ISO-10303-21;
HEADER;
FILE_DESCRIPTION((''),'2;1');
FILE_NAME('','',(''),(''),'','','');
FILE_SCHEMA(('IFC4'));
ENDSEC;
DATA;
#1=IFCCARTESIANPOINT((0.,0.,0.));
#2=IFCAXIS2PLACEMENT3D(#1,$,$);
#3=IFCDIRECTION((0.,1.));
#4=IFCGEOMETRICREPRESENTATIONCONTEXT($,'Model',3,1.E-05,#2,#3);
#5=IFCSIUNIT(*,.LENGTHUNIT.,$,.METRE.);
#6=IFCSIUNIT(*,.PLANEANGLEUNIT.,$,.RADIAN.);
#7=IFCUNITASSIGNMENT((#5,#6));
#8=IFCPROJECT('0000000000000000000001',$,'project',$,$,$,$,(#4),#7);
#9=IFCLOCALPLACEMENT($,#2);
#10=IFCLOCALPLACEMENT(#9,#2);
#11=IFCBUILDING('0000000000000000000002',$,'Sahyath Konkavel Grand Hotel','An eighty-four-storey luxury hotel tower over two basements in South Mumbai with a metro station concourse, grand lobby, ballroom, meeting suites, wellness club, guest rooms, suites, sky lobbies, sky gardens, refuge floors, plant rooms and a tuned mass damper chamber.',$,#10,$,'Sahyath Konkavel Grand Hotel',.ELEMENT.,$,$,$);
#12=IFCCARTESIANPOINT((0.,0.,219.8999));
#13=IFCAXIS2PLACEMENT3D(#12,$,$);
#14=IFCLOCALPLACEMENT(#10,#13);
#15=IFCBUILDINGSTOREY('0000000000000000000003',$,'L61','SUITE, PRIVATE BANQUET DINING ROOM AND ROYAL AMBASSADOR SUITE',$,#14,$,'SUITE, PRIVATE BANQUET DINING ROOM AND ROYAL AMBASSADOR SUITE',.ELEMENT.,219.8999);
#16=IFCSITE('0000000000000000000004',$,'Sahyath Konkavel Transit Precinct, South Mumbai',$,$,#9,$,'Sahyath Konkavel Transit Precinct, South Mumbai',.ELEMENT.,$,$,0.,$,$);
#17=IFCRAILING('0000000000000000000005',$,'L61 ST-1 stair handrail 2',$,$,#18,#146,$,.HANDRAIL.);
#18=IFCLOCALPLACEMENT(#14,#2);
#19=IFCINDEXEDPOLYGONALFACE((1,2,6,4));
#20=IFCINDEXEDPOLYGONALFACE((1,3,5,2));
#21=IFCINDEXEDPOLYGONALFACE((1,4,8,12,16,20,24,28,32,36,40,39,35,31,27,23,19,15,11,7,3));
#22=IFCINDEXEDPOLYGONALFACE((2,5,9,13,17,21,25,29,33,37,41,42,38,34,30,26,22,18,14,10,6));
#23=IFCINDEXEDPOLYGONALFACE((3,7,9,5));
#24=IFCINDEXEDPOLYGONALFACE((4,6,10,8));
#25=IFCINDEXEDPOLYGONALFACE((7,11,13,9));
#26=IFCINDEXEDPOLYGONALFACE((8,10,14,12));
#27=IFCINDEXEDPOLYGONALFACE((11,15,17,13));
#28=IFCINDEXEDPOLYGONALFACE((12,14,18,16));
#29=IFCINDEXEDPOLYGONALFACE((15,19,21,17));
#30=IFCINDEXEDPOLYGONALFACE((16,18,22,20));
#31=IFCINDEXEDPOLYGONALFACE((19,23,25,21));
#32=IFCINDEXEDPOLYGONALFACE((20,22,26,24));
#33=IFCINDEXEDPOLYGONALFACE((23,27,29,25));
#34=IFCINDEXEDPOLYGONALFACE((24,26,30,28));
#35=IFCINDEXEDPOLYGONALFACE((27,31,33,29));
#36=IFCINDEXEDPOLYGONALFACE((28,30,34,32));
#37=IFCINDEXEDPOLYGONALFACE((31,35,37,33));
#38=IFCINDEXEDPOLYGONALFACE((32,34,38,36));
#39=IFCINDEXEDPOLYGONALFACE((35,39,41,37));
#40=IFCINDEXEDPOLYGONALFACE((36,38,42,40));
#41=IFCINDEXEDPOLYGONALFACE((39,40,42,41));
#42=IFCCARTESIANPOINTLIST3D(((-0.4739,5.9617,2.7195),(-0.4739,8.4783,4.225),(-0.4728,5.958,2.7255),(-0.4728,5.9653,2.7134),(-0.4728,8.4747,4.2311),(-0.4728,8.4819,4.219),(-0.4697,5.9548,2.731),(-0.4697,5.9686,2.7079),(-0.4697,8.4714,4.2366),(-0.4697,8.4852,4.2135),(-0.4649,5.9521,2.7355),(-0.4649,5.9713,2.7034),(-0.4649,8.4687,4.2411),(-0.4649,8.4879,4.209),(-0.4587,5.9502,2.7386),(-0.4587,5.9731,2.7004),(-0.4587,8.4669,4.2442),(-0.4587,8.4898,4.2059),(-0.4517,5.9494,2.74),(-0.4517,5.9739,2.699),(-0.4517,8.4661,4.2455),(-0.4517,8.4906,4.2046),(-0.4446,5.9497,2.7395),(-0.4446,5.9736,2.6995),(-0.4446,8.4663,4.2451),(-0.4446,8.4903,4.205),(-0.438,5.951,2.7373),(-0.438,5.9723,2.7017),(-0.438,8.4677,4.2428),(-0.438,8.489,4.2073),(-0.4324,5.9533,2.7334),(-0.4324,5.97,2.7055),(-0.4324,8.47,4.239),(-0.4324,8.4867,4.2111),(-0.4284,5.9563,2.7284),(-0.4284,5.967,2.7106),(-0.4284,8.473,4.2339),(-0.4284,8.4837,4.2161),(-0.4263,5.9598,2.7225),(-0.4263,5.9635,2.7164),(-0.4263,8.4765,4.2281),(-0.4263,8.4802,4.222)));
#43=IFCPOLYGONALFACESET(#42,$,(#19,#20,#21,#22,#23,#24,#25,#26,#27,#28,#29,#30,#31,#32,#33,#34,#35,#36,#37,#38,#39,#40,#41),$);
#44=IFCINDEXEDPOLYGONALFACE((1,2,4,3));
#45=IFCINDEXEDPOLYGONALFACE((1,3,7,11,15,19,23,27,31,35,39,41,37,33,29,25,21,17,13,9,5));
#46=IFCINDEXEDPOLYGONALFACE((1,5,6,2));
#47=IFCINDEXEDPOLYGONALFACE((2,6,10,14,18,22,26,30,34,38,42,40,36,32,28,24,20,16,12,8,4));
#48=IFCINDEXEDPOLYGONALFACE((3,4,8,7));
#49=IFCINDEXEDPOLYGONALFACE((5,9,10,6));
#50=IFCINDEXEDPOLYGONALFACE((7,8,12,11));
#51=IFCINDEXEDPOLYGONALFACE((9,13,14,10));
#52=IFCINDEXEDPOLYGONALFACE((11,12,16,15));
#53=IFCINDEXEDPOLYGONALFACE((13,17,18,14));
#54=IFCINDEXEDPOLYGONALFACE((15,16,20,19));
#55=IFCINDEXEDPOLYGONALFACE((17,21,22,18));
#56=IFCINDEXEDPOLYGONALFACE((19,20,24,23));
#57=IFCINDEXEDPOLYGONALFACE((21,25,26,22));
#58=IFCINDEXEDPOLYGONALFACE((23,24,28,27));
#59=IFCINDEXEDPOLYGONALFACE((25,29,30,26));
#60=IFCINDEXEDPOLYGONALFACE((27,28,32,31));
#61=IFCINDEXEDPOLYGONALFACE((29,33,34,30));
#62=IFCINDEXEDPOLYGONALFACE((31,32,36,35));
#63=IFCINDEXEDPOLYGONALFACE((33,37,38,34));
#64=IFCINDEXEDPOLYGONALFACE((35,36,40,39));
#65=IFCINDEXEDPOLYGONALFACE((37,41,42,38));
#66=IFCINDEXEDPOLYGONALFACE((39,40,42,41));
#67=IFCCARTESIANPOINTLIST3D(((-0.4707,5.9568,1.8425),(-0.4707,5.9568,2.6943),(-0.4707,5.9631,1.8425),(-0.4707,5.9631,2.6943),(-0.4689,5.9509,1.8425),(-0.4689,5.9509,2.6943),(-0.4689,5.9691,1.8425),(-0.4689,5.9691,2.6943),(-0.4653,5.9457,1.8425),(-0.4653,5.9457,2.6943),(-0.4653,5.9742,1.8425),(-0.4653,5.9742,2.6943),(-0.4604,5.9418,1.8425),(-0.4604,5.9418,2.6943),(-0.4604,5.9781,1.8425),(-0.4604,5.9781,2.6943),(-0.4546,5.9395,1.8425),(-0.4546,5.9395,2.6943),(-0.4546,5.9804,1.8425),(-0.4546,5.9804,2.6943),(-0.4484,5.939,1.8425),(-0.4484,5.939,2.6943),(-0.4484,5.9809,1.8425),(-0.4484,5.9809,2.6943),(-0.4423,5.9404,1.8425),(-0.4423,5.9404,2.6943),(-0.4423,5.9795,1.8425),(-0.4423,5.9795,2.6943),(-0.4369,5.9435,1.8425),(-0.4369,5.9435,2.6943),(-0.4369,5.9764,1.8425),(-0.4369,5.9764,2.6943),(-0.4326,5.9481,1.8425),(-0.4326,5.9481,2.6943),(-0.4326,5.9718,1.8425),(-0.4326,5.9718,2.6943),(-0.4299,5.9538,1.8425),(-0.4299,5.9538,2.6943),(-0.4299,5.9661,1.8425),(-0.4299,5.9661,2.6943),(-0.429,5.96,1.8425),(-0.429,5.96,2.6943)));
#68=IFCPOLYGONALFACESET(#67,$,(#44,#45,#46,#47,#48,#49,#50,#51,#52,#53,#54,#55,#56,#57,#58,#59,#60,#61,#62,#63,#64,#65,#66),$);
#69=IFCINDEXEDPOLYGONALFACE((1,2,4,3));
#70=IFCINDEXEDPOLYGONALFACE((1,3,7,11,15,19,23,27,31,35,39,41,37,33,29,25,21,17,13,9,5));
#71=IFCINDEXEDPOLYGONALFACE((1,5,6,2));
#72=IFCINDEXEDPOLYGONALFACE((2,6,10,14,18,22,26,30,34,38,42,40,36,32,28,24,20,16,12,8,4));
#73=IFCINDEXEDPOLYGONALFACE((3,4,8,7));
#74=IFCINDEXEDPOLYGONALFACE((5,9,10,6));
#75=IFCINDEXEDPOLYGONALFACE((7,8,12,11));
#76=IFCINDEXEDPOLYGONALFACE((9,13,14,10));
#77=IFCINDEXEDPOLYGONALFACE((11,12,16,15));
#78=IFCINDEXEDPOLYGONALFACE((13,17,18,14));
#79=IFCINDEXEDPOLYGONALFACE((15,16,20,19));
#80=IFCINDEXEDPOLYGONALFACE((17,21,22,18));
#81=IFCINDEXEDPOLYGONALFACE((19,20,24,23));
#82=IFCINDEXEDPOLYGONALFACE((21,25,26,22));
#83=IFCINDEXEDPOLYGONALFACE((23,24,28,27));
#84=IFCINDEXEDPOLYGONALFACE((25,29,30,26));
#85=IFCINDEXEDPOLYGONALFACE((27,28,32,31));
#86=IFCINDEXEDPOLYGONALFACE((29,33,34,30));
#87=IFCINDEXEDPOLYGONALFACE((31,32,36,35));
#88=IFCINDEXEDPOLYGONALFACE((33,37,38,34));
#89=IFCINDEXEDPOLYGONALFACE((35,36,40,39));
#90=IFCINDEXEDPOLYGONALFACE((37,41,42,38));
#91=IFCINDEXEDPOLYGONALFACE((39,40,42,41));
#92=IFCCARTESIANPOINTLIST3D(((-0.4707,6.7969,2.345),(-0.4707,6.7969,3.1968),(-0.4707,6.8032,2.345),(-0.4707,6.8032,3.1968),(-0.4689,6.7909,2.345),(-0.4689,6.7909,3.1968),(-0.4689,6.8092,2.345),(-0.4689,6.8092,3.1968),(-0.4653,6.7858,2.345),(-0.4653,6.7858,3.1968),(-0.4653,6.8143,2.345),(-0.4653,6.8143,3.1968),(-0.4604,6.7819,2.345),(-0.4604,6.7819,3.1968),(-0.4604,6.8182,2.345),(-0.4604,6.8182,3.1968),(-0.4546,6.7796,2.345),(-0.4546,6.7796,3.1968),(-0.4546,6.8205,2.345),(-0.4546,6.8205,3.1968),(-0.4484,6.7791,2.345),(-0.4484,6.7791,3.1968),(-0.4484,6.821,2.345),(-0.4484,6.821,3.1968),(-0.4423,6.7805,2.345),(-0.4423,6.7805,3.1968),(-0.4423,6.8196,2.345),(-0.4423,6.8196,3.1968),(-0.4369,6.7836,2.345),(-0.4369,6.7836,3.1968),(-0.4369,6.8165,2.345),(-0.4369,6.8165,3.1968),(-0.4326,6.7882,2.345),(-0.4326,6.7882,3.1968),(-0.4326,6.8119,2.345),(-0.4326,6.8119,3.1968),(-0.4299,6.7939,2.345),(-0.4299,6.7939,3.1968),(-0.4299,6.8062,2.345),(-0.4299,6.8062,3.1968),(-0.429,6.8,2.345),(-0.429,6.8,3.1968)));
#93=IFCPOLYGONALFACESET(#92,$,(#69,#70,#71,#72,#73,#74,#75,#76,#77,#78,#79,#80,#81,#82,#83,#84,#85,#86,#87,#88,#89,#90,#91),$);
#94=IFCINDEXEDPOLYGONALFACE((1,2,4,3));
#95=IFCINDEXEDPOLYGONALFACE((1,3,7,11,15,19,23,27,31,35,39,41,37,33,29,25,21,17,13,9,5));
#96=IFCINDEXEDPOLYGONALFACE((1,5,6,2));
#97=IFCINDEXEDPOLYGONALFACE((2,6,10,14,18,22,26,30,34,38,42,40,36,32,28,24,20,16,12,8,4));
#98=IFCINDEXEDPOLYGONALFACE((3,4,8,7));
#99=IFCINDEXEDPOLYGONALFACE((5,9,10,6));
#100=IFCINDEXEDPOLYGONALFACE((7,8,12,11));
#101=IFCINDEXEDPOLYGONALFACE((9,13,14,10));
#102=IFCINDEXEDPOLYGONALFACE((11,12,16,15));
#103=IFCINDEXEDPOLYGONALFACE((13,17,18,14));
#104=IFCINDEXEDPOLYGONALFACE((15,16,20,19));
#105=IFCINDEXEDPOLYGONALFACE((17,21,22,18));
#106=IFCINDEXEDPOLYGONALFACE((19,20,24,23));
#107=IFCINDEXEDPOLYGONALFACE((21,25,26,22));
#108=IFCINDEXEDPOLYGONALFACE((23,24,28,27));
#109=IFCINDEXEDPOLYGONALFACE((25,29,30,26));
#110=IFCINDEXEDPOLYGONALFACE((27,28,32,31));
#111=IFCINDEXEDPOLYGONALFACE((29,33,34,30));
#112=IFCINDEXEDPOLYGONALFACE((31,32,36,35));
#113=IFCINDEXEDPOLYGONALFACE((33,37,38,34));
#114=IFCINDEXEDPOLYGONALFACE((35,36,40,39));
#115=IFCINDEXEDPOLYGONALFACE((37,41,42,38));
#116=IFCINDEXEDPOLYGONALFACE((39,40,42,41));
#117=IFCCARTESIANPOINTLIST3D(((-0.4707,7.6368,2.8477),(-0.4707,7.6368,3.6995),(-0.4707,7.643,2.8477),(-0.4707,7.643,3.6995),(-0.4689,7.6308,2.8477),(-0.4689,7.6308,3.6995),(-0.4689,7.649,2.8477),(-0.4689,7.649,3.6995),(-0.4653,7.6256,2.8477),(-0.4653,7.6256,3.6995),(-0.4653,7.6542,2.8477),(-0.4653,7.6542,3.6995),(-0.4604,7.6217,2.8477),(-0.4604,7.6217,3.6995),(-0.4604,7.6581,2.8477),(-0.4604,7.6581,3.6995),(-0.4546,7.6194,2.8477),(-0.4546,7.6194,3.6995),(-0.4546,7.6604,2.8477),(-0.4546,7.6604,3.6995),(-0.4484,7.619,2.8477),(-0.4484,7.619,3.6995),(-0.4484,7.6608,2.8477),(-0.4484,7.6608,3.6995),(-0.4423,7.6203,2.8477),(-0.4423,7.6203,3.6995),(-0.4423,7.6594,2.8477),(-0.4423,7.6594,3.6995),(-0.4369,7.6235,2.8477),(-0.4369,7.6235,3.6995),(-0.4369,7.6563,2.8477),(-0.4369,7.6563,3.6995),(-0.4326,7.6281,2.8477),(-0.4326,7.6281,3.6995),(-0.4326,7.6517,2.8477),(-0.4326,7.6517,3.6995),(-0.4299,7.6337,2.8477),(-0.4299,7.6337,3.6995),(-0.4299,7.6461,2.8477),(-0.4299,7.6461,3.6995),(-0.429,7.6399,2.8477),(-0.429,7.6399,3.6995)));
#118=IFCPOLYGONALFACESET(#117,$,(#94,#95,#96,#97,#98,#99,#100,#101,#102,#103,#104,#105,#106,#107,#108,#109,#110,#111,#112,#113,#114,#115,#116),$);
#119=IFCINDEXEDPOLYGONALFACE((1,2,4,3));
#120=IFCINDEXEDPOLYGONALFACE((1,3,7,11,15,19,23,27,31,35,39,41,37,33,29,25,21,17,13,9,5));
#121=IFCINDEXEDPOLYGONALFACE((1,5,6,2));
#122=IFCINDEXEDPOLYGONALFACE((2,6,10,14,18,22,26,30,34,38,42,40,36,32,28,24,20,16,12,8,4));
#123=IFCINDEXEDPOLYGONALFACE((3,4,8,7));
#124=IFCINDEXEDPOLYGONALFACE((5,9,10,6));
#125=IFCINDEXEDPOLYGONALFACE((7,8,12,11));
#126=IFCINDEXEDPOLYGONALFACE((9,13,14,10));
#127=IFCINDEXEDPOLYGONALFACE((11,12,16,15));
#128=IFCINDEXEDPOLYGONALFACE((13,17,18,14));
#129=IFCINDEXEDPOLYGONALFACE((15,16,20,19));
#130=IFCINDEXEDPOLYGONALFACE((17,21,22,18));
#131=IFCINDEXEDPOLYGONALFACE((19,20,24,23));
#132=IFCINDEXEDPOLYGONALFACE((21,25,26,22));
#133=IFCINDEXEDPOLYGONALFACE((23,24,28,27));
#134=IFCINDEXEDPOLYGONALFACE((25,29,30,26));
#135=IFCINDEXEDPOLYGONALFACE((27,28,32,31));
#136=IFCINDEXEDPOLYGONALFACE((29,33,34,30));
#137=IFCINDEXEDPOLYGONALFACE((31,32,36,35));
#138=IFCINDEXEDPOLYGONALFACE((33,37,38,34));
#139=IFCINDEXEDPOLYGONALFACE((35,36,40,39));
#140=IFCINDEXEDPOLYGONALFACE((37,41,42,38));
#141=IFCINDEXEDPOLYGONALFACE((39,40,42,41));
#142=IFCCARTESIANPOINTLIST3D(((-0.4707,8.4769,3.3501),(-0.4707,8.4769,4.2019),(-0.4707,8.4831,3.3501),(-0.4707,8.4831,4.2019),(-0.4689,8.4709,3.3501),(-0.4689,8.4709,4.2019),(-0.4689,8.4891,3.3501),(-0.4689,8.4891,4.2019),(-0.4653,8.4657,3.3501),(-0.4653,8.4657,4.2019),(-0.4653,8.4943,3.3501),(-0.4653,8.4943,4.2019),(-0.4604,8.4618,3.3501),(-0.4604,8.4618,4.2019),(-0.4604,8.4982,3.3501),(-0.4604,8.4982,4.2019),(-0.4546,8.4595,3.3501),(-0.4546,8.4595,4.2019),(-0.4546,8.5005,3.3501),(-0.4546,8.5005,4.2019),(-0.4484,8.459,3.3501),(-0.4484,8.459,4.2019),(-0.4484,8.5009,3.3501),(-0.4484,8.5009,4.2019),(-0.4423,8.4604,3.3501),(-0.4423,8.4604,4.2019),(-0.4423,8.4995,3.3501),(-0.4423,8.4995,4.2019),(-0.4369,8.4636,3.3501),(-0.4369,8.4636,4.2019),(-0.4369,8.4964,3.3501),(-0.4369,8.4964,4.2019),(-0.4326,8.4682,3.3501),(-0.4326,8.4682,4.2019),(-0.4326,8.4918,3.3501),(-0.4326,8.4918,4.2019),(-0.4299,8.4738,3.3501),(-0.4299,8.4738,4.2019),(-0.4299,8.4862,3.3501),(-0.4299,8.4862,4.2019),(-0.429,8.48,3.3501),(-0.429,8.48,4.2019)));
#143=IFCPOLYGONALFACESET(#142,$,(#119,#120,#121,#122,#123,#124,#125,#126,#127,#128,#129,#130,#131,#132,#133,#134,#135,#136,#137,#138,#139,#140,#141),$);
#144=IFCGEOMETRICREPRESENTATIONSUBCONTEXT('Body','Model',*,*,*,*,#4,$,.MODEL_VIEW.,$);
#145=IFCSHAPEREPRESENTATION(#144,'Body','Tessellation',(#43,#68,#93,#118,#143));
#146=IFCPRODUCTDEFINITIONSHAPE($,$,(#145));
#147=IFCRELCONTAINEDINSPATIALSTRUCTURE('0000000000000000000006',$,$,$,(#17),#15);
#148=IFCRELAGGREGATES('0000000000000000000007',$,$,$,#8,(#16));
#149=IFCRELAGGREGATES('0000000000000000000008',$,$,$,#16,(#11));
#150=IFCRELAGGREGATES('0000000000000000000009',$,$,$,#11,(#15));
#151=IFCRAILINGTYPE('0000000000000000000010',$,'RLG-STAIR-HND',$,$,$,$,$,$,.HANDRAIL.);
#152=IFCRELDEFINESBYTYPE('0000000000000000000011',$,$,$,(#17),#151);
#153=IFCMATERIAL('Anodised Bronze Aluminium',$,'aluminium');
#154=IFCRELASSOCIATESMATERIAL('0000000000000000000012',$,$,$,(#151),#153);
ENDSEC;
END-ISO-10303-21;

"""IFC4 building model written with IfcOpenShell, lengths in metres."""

from ifc_helpers import new_model, si_unit, direction, frame, origin, origin_2d, place, context, subcontext, project, spatial, circle, extrude, material, type_object, element, save


model = new_model("IFC4")

# Units and contexts
model_context = context("Model", 3, precision=1e-05, world=origin(), true_north=direction((0.0, 1.0)))
body_context = subcontext(model_context, "Body", "Model", "MODEL_VIEW")
ifc_project = project(units=[si_unit("LENGTHUNIT", "METRE"), si_unit("PLANEANGLEUNIT", "RADIAN")], contexts=[model_context])

# Site, building, storey
site_placement = place(None, origin())
site = spatial("IfcSite", under=ifc_project, at=site_placement, Name="Sahyath Konkavel Transit Precinct, South Mumbai", LongName="Sahyath Konkavel Transit Precinct, South Mumbai", CompositionType="ELEMENT", RefElevation=0.0)
building_placement = place(site_placement, origin())
building = spatial("IfcBuilding", under=site, at=building_placement, Name="Sahyath Konkavel Grand Hotel", Description="An eighty-four-storey luxury hotel tower over two basements in South Mumbai with a metro station concourse, grand lobby, ballroom, meeting suites, wellness club, guest rooms, suites, sky lobbies, sky gardens, refuge floors, plant rooms and a tuned mass damper chamber.", LongName="Sahyath Konkavel Grand Hotel", CompositionType="ELEMENT")
storey_placement = place(building_placement, frame((0.0, 0.0, 219.8999)))
storey = spatial("IfcBuildingStorey", under=building, at=storey_placement, Name="L61", Description="SUITE, PRIVATE BANQUET DINING ROOM AND ROYAL AMBASSADOR SUITE", LongName="SUITE, PRIVATE BANQUET DINING ROOM AND ROYAL AMBASSADOR SUITE", CompositionType="ELEMENT", Elevation=219.8999)

# Shared definitions
ifc_material_1 = material(Name="Anodised Bronze Aluminium", Category="aluminium")

# Railing
railing_type_1 = type_object("IfcRailingType", Name="RLG-STAIR-HND", PredefinedType="HANDRAIL", material=ifc_material_1)
railing_1_placement = place(storey_placement, frame((-0.45, 5.96, 1.8425)))
element("IfcRailing", 1, at=railing_1_placement, inside=storey, type_object=railing_type_1, Name="L61 ST-1 stair handrail 2", PredefinedType="HANDRAIL", context=body_context, shape_type="SweptSolid", body=[
    extrude(circle(Radius=0.0239, at=origin_2d()), frame((0.0, 0.0017, 0.877), z_axis=(0.0, 0.85816, 0.513383), x_axis=(-1.0, 0.0, 0.0)), (0.0, 0.0, 1.0), 2.9326),
    extrude(circle(Radius=0.021, at=origin_2d()), origin(), (0.0, 0.0, 1.0), 0.8518),
    extrude(circle(Radius=0.021, at=origin_2d()), frame((0.0, 0.8401, 0.5024)), (0.0, 0.0, 1.0), 0.8518),
    extrude(circle(Radius=0.021, at=origin_2d()), frame((0.0, 1.6799, 1.0051)), (0.0, 0.0, 1.0), 0.8518),
    extrude(circle(Radius=0.021, at=origin_2d()), frame((0.0, 2.52, 1.5076)), (0.0, 0.0, 1.0), 0.8518),
])

save(model, "model.ifc")
